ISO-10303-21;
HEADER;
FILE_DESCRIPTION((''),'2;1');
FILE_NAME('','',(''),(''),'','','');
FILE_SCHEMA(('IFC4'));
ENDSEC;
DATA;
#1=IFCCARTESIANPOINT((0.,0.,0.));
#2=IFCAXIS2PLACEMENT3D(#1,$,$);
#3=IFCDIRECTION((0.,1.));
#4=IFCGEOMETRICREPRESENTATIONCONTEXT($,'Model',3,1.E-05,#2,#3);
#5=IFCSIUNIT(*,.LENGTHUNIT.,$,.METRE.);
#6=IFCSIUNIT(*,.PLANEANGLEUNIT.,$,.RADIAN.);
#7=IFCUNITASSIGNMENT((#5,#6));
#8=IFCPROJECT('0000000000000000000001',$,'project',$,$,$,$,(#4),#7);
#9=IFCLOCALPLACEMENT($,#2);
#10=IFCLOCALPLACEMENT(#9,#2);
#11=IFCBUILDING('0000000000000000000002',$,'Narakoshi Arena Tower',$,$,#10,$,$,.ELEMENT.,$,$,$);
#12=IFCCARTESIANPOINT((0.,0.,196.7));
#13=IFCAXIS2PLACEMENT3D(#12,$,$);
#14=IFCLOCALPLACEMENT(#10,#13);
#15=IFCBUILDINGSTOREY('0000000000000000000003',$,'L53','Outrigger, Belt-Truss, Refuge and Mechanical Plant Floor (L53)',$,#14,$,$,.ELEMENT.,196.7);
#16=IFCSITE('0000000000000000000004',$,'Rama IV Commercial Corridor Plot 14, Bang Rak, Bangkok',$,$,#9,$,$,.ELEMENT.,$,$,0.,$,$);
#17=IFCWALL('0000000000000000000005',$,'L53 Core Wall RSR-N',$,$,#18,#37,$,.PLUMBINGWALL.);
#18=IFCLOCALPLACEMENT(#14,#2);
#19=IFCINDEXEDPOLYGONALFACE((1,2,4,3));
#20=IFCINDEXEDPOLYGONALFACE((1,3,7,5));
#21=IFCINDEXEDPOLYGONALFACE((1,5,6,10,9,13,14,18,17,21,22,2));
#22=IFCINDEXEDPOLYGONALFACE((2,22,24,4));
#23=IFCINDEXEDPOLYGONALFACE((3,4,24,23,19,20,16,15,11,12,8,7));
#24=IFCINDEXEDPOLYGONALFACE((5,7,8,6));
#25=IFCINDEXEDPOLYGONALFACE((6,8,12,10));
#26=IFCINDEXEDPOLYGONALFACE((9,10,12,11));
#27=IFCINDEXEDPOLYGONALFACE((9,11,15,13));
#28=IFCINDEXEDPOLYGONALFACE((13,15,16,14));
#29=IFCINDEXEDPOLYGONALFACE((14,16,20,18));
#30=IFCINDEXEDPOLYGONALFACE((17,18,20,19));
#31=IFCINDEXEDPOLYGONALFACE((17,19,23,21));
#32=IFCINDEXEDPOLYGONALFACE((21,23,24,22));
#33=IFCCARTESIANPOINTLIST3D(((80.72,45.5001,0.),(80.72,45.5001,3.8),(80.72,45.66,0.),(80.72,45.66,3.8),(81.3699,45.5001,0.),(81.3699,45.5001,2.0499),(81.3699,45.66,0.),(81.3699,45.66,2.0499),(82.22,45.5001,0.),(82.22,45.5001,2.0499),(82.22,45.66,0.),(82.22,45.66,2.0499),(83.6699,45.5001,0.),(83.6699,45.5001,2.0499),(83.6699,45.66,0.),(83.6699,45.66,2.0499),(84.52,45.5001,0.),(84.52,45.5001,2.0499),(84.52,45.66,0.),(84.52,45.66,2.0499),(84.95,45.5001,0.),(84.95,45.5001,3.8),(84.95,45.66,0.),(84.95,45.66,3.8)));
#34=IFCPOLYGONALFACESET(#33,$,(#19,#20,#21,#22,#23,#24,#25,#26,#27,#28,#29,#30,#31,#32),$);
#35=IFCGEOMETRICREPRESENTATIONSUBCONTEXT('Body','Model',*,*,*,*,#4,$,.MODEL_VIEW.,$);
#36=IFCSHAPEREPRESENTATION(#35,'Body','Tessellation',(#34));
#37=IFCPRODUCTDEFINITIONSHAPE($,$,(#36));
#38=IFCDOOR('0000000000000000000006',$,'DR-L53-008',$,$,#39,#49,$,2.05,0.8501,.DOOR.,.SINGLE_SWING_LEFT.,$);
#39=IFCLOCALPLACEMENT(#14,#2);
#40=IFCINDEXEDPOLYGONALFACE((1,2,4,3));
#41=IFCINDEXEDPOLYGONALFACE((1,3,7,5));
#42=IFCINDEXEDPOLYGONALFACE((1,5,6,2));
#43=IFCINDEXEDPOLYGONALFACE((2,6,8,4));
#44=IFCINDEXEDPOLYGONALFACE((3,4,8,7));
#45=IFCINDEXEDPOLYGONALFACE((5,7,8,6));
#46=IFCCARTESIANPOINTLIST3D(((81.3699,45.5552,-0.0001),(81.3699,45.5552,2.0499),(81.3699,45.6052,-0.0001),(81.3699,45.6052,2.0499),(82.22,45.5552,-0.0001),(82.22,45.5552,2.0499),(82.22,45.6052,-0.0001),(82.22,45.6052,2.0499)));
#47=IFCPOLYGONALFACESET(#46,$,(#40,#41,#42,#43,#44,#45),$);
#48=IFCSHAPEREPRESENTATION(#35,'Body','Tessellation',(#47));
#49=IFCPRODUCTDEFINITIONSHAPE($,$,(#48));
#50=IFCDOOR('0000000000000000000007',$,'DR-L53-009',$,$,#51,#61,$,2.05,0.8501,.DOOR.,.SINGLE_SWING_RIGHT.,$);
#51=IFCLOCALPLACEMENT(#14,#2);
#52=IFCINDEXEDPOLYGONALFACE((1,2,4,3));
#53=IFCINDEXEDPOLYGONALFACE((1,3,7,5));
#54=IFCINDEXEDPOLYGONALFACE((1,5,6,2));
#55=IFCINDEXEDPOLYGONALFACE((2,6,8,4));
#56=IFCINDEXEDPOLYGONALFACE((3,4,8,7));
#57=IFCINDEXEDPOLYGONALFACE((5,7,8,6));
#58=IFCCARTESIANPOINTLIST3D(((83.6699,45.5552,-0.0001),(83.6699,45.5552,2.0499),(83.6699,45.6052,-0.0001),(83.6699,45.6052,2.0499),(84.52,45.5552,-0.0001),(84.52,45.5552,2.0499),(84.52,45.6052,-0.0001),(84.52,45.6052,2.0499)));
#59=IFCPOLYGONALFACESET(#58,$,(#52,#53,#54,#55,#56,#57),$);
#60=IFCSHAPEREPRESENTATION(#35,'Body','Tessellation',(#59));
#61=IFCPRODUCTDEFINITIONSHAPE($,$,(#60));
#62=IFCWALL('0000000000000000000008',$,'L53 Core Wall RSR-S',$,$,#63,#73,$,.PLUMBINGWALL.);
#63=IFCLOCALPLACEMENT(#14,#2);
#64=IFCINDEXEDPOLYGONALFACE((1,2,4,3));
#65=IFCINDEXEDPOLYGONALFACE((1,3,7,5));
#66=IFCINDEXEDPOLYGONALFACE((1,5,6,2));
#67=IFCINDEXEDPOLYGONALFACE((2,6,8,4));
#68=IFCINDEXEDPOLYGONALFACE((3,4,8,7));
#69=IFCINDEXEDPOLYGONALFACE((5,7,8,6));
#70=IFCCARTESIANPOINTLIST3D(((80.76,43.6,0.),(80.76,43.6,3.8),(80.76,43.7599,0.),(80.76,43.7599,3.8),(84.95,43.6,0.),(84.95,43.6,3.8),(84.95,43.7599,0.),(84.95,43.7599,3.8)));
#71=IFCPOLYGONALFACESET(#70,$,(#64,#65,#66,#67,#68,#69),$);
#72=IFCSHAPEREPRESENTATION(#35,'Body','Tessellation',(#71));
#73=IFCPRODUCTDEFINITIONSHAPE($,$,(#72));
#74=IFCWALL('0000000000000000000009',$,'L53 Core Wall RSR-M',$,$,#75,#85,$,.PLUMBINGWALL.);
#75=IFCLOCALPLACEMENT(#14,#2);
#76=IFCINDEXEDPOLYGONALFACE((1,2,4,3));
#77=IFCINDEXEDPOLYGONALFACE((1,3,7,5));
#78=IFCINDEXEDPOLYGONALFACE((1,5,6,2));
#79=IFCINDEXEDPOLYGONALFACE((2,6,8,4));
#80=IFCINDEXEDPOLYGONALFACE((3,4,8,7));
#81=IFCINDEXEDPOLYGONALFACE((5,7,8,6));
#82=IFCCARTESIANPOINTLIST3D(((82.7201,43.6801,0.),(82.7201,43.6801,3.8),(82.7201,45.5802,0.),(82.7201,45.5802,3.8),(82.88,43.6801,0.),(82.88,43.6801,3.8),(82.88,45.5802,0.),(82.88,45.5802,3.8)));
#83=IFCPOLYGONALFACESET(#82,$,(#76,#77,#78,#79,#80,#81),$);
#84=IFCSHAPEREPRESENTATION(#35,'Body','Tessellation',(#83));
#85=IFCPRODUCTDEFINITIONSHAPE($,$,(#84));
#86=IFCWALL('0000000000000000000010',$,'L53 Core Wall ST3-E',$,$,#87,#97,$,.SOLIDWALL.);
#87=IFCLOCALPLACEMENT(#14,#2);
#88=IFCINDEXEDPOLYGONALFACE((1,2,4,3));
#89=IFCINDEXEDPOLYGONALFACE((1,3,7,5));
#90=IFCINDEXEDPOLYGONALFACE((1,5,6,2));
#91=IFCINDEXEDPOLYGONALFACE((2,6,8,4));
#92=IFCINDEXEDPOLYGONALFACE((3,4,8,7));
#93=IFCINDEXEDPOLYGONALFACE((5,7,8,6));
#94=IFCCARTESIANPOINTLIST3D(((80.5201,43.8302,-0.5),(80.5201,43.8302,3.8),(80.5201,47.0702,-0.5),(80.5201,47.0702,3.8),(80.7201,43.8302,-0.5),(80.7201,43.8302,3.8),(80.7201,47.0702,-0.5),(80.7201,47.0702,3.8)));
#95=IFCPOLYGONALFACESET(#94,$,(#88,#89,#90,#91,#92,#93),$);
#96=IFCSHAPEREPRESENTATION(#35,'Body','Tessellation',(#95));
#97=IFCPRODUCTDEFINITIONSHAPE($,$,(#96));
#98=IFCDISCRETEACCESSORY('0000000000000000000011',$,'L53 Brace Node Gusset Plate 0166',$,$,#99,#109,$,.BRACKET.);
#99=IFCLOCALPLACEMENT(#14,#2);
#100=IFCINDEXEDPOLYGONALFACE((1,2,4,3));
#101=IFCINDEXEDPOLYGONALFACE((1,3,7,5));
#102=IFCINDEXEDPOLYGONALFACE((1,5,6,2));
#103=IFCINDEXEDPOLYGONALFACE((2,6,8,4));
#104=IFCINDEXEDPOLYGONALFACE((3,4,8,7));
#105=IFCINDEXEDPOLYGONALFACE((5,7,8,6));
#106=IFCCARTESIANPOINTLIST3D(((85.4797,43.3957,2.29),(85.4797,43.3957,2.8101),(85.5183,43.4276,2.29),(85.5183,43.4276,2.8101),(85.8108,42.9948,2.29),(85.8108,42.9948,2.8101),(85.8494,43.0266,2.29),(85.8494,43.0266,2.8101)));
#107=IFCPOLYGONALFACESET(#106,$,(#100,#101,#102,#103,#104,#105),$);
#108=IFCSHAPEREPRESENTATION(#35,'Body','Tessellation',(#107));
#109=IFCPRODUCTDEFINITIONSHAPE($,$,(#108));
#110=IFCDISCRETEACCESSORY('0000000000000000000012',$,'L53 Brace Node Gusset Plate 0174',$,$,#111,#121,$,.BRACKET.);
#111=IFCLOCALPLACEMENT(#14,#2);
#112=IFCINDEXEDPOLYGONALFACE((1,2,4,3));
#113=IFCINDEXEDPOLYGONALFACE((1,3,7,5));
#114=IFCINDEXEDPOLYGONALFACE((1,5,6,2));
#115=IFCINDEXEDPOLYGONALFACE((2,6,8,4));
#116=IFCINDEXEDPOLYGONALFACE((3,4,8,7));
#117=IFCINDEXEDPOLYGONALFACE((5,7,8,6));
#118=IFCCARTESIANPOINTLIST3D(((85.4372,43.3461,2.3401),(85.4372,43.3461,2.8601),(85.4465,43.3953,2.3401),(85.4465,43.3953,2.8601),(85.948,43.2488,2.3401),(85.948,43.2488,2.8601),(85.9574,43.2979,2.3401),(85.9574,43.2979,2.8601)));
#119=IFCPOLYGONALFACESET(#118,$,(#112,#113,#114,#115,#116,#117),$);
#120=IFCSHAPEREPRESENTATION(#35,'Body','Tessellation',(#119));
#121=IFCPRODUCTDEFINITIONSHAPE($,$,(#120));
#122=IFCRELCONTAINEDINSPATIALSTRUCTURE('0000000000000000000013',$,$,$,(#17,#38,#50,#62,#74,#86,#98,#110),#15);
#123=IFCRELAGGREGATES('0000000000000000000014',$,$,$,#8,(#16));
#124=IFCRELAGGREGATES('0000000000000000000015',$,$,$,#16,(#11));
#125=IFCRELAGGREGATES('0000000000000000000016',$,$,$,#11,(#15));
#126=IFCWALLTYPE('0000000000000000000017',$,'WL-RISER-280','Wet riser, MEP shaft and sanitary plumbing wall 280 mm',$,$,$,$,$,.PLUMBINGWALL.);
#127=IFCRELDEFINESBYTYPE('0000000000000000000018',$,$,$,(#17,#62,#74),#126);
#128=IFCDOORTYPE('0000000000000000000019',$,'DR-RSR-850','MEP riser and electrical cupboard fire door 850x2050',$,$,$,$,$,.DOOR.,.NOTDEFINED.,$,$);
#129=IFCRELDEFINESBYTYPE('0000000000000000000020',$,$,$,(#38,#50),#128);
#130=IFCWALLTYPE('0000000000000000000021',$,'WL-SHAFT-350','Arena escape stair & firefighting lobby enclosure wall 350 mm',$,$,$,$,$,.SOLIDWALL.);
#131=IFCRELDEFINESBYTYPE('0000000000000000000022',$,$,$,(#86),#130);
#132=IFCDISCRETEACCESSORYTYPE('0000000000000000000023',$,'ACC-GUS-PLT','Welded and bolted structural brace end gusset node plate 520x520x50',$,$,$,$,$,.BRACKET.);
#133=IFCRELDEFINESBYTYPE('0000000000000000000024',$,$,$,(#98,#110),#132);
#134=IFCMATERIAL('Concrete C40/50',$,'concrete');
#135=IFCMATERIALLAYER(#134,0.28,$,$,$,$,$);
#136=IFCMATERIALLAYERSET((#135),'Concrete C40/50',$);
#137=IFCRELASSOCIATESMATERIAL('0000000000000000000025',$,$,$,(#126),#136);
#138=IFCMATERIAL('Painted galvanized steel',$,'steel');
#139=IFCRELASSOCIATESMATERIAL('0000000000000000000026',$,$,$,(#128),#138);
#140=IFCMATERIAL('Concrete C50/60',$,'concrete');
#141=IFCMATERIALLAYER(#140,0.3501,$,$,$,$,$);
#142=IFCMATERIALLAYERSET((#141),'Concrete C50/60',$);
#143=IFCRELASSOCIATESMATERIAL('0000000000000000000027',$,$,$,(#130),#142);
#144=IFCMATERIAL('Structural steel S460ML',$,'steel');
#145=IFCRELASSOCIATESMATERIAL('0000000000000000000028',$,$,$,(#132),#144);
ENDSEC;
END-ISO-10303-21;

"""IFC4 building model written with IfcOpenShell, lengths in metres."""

from ifc_helpers import new_model, si_unit, direction, frame, frame_2d, origin, origin_2d, place, context, subcontext, project, spatial, rectangle, extrude, material, layer, layer_set, type_object, element, fill, save


model = new_model("IFC4")

# Units and contexts
model_context = context("Model", 3, precision=1e-05, world=origin(), true_north=direction((0.0, 1.0)))
body_context = subcontext(model_context, "Body", "Model", "MODEL_VIEW")
ifc_project = project(units=[si_unit("LENGTHUNIT", "METRE"), si_unit("PLANEANGLEUNIT", "RADIAN")], contexts=[model_context])

# Site, building, storey
site_placement = place(None, origin())
site = spatial("IfcSite", under=ifc_project, at=site_placement, Name="Rama IV Commercial Corridor Plot 14, Bang Rak, Bangkok", CompositionType="ELEMENT", RefElevation=0.0)
building_placement = place(site_placement, origin())
building = spatial("IfcBuilding", under=site, at=building_placement, Name="Narakoshi Arena Tower", CompositionType="ELEMENT")
storey_placement = place(building_placement, frame((0.0, 0.0, 196.7)))
storey = spatial("IfcBuildingStorey", under=building, at=storey_placement, Name="L53", Description="Outrigger, Belt-Truss, Refuge and Mechanical Plant Floor (L53)", CompositionType="ELEMENT", Elevation=196.7)

# Shared definitions
ifc_material_1 = material(Name="Structural steel S460ML", Category="steel")

# Shared definitions
ifc_material_2 = material(Name="Painted galvanized steel", Category="steel")

# Shared definitions
ifc_material_3 = material(Name="Concrete C40/50", Category="concrete")
ifc_layer_1 = layer(ifc_material_3, 0.28)
ifc_layer_set_1 = layer_set([ifc_layer_1], Name="Concrete C40/50")
wall_type_1 = type_object("IfcWallType", Name="WL-RISER-280", Description="Wet riser, MEP shaft and sanitary plumbing wall 280 mm", PredefinedType="PLUMBINGWALL", material=ifc_layer_set_1)

# Wall, openings, doors
wall_1_placement = place(storey_placement, frame((80.72, 45.5801, 0.0), z_axis=(0.0, 0.0, 1.0), x_axis=(1.0, 0.0, 0.0)))
wall_1 = element("IfcWall", 1, at=wall_1_placement, inside=storey, type_object=wall_type_1, Name="L53 Core Wall RSR-N", PredefinedType="PLUMBINGWALL", context=body_context, shape_type="SweptSolid", body=[
    extrude(rectangle(XDim=4.23, YDim=0.1599, at=frame_2d((2.115, 0.0))), origin(), (0.0, 0.0, 1.0), 3.8),
])
opening_1_placement = place(wall_1_placement, frame((0.6499, 0.0, 0.0)))
opening_1 = element("IfcOpeningElement", 2, at=opening_1_placement, cuts=wall_1, PredefinedType="OPENING", context=body_context, shape_type="SweptSolid", body=[
    extrude(rectangle(XDim=0.8501, YDim=2.05, at=frame_2d((0.425, 1.0249))), frame((0.0, 0.0898, 0.0), z_axis=(0.0, -1.0, 0.0), x_axis=(1.0, 0.0, 0.0)), (0.0, 0.0, 1.0), 0.1799),
])
opening_2_placement = place(wall_1_placement, frame((2.95, 0.0, 0.0)))
opening_2 = element("IfcOpeningElement", 3, at=opening_2_placement, cuts=wall_1, PredefinedType="OPENING", context=body_context, shape_type="SweptSolid", body=[
    extrude(rectangle(XDim=0.8501, YDim=2.05, at=frame_2d((0.425, 1.0249))), frame((0.0, 0.0898, 0.0), z_axis=(0.0, -1.0, 0.0), x_axis=(1.0, 0.0, 0.0)), (0.0, 0.0, 1.0), 0.1799),
])
door_type_1 = type_object("IfcDoorType", Name="DR-RSR-850", Description="MEP riser and electrical cupboard fire door 850x2050", OperationType="NOTDEFINED", PredefinedType="DOOR", material=ifc_material_2)
door_1_placement = place(opening_1_placement, frame((0.8501, 0.0, 0.0), z_axis=(0.0, 0.0, 1.0), x_axis=(-1.0, 0.0, 0.0)))
door_1 = element("IfcDoor", 4, at=door_1_placement, inside=storey, type_object=door_type_1, Name="DR-L53-008", OperationType="SINGLE_SWING_LEFT", OverallHeight=2.05, OverallWidth=0.8501, PredefinedType="DOOR", context=body_context, shape_type="SweptSolid", body=[
    extrude(rectangle(XDim=0.8501, YDim=2.05, at=frame_2d((0.425, 1.0249))), frame((0.0, 0.0249, 0.0), z_axis=(0.0, -1.0, 0.0), x_axis=(1.0, 0.0, 0.0)), (0.0, 0.0, 1.0), 0.05),
])
fill(opening_1, door_1)
door_2_placement = place(opening_2_placement, frame((0.8501, 0.0, 0.0), z_axis=(0.0, 0.0, 1.0), x_axis=(-1.0, 0.0, 0.0)))
door_2 = element("IfcDoor", 5, at=door_2_placement, inside=storey, type_object=door_type_1, Name="DR-L53-009", OperationType="SINGLE_SWING_RIGHT", OverallHeight=2.05, OverallWidth=0.8501, PredefinedType="DOOR", context=body_context, shape_type="SweptSolid", body=[
    extrude(rectangle(XDim=0.8501, YDim=2.05, at=frame_2d((0.425, 1.0249))), frame((0.0, 0.0249, 0.0), z_axis=(0.0, -1.0, 0.0), x_axis=(1.0, 0.0, 0.0)), (0.0, 0.0, 1.0), 0.05),
])
fill(opening_2, door_2)

# Walls
wall_2_placement = place(storey_placement, frame((80.76, 43.6799, 0.0), z_axis=(0.0, 0.0, 1.0), x_axis=(1.0, 0.0, 0.0)))
element("IfcWall", 6, at=wall_2_placement, inside=storey, type_object=wall_type_1, Name="L53 Core Wall RSR-S", PredefinedType="PLUMBINGWALL", context=body_context, shape_type="SweptSolid", body=[
    extrude(rectangle(XDim=4.1899, YDim=0.1599, at=frame_2d((2.095, 0.0))), origin(), (0.0, 0.0, 1.0), 3.8),
])
wall_3_placement = place(storey_placement, frame((82.8, 43.6799, 0.0), z_axis=(0.0, 0.0, 1.0), x_axis=(0.0, 1.0, 0.0)))
element("IfcWall", 7, at=wall_3_placement, inside=storey, type_object=wall_type_1, Name="L53 Core Wall RSR-M", PredefinedType="PLUMBINGWALL", context=body_context, shape_type="SweptSolid", body=[
    extrude(rectangle(XDim=1.9001, YDim=0.1599, at=frame_2d((0.9502, 0.0))), origin(), (0.0, 0.0, 1.0), 3.8),
])
ifc_material_4 = material(Name="Concrete C50/60", Category="concrete")
ifc_layer_2 = layer(ifc_material_4, 0.3501)
ifc_layer_set_2 = layer_set([ifc_layer_2], Name="Concrete C50/60")
wall_type_2 = type_object("IfcWallType", Name="WL-SHAFT-350", Description="Arena escape stair & firefighting lobby enclosure wall 350 mm", PredefinedType="SOLIDWALL", material=ifc_layer_set_2)
wall_4_placement = place(storey_placement, frame((80.6201, 43.8301, -0.5), z_axis=(0.0, 0.0, 1.0), x_axis=(0.0, 1.0, 0.0)))
element("IfcWall", 8, at=wall_4_placement, inside=storey, type_object=wall_type_2, Name="L53 Core Wall ST3-E", PredefinedType="SOLIDWALL", context=body_context, shape_type="SweptSolid", body=[
    extrude(rectangle(XDim=3.24, YDim=0.2, at=frame_2d((1.6201, 0.0))), origin(), (0.0, 0.0, 1.0), 4.3),
])

# Discrete accessories
discrete_accessory_type = type_object("IfcDiscreteAccessoryType", Name="ACC-GUS-PLT", Description="Welded and bolted structural brace end gusset node plate 520x520x50", PredefinedType="BRACKET", material=ifc_material_1)
for number, where, z_axis, x_axis, name in (
    (9, (85.6646, 43.2112, 2.29), (0.0, 0.0, 1.0), (-0.636751, 0.771069, 0.0), "L53 Brace Node Gusset Plate 0166"),
    (10, (85.6973, 43.322, 2.3401), (0.0, 0.0, 1.0), (-0.98232, 0.18721, 0.0), "L53 Brace Node Gusset Plate 0174"),
):
    element("IfcDiscreteAccessory", number, at=place(storey_placement, frame(where, z_axis=z_axis, x_axis=x_axis)), inside=storey, type_object=discrete_accessory_type, Name=name, PredefinedType="BRACKET", context=body_context, shape_type="SweptSolid", body=[
        extrude(rectangle(XDim=0.52, YDim=0.05, at=origin_2d()), origin(), (0.0, 0.0, 1.0), 0.52),
    ])

save(model, "model.ifc")
